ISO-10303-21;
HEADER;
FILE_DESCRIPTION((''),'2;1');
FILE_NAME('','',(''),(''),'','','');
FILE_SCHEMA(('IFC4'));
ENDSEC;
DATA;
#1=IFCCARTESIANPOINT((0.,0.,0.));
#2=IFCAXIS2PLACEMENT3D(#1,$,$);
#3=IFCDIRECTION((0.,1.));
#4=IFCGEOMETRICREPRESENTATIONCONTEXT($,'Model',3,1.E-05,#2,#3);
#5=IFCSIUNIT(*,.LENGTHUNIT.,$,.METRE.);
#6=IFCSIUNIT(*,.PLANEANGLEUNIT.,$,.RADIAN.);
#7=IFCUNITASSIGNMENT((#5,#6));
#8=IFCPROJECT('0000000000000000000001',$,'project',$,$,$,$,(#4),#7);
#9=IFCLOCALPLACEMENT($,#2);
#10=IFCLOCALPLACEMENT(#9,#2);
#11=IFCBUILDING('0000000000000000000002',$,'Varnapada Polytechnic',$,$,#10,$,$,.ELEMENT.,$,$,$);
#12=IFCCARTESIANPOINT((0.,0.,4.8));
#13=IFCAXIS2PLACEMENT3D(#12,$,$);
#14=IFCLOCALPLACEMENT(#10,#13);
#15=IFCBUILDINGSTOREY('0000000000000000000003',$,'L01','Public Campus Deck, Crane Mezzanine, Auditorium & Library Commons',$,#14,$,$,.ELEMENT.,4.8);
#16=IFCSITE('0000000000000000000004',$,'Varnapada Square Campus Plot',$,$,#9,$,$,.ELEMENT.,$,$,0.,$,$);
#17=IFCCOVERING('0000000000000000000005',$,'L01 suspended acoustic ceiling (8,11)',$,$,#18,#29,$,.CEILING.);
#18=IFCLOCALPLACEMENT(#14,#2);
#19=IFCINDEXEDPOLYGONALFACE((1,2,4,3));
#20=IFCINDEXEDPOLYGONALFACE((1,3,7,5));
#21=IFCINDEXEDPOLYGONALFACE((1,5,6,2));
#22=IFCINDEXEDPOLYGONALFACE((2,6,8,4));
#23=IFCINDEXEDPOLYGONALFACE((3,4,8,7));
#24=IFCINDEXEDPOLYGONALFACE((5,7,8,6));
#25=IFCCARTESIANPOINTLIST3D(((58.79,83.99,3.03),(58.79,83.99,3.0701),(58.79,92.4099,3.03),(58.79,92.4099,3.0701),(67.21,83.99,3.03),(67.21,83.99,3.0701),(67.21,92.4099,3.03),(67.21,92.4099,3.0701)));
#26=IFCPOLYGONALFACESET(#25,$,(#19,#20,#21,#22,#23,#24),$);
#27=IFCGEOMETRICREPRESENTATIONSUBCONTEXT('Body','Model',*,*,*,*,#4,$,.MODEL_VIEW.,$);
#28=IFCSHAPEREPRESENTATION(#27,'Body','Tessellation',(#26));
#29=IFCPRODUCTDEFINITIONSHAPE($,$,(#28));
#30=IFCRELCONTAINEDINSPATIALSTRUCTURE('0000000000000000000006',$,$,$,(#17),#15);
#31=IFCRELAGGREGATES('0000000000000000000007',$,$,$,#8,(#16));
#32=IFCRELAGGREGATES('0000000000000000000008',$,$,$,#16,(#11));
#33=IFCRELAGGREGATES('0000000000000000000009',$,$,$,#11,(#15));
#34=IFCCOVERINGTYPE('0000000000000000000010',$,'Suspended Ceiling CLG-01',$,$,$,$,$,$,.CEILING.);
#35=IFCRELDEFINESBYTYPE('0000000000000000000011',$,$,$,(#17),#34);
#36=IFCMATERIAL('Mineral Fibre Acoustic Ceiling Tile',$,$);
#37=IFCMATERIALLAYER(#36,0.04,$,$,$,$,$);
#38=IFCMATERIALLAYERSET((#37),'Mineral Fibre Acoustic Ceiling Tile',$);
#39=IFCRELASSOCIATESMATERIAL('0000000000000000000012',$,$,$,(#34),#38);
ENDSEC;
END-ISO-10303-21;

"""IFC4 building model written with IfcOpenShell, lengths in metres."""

from ifc_helpers import new_model, si_unit, direction, frame, origin, origin_2d, place, context, subcontext, project, spatial, rectangle, extrude, material, layer, layer_set, type_object, element, save


model = new_model("IFC4")

# Units and contexts
model_context = context("Model", 3, precision=1e-05, world=origin(), true_north=direction((0.0, 1.0)))
body_context = subcontext(model_context, "Body", "Model", "MODEL_VIEW")
ifc_project = project(units=[si_unit("LENGTHUNIT", "METRE"), si_unit("PLANEANGLEUNIT", "RADIAN")], contexts=[model_context])

# Site, building, storey
site_placement = place(None, origin())
site = spatial("IfcSite", under=ifc_project, at=site_placement, Name="Varnapada Square Campus Plot", CompositionType="ELEMENT", RefElevation=0.0)
building_placement = place(site_placement, origin())
building = spatial("IfcBuilding", under=site, at=building_placement, Name="Varnapada Polytechnic", CompositionType="ELEMENT")
storey_placement = place(building_placement, frame((0.0, 0.0, 4.8)))
storey = spatial("IfcBuildingStorey", under=building, at=storey_placement, Name="L01", Description="Public Campus Deck, Crane Mezzanine, Auditorium & Library Commons", CompositionType="ELEMENT", Elevation=4.8)

# Covering
ifc_material_1 = material(Name="Mineral Fibre Acoustic Ceiling Tile")
ifc_layer_1 = layer(ifc_material_1, 0.04)
ifc_layer_set_1 = layer_set([ifc_layer_1], Name="Mineral Fibre Acoustic Ceiling Tile")
covering_type = type_object("IfcCoveringType", Name="Suspended Ceiling CLG-01", PredefinedType="CEILING", material=ifc_layer_set_1)
covering_placement = place(storey_placement, frame((63.0, 88.2, 3.03), z_axis=(0.0, 0.0, 1.0), x_axis=(1.0, 0.0, 0.0)))
element("IfcCovering", 1, at=covering_placement, inside=storey, type_object=covering_type, Name="L01 suspended acoustic ceiling (8,11)", PredefinedType="CEILING", context=body_context, shape_type="SweptSolid", body=[
    extrude(rectangle(XDim=8.4199, YDim=8.4199, at=origin_2d()), origin(), (0.0, 0.0, 1.0), 0.04),
])

save(model, "model.ifc")
